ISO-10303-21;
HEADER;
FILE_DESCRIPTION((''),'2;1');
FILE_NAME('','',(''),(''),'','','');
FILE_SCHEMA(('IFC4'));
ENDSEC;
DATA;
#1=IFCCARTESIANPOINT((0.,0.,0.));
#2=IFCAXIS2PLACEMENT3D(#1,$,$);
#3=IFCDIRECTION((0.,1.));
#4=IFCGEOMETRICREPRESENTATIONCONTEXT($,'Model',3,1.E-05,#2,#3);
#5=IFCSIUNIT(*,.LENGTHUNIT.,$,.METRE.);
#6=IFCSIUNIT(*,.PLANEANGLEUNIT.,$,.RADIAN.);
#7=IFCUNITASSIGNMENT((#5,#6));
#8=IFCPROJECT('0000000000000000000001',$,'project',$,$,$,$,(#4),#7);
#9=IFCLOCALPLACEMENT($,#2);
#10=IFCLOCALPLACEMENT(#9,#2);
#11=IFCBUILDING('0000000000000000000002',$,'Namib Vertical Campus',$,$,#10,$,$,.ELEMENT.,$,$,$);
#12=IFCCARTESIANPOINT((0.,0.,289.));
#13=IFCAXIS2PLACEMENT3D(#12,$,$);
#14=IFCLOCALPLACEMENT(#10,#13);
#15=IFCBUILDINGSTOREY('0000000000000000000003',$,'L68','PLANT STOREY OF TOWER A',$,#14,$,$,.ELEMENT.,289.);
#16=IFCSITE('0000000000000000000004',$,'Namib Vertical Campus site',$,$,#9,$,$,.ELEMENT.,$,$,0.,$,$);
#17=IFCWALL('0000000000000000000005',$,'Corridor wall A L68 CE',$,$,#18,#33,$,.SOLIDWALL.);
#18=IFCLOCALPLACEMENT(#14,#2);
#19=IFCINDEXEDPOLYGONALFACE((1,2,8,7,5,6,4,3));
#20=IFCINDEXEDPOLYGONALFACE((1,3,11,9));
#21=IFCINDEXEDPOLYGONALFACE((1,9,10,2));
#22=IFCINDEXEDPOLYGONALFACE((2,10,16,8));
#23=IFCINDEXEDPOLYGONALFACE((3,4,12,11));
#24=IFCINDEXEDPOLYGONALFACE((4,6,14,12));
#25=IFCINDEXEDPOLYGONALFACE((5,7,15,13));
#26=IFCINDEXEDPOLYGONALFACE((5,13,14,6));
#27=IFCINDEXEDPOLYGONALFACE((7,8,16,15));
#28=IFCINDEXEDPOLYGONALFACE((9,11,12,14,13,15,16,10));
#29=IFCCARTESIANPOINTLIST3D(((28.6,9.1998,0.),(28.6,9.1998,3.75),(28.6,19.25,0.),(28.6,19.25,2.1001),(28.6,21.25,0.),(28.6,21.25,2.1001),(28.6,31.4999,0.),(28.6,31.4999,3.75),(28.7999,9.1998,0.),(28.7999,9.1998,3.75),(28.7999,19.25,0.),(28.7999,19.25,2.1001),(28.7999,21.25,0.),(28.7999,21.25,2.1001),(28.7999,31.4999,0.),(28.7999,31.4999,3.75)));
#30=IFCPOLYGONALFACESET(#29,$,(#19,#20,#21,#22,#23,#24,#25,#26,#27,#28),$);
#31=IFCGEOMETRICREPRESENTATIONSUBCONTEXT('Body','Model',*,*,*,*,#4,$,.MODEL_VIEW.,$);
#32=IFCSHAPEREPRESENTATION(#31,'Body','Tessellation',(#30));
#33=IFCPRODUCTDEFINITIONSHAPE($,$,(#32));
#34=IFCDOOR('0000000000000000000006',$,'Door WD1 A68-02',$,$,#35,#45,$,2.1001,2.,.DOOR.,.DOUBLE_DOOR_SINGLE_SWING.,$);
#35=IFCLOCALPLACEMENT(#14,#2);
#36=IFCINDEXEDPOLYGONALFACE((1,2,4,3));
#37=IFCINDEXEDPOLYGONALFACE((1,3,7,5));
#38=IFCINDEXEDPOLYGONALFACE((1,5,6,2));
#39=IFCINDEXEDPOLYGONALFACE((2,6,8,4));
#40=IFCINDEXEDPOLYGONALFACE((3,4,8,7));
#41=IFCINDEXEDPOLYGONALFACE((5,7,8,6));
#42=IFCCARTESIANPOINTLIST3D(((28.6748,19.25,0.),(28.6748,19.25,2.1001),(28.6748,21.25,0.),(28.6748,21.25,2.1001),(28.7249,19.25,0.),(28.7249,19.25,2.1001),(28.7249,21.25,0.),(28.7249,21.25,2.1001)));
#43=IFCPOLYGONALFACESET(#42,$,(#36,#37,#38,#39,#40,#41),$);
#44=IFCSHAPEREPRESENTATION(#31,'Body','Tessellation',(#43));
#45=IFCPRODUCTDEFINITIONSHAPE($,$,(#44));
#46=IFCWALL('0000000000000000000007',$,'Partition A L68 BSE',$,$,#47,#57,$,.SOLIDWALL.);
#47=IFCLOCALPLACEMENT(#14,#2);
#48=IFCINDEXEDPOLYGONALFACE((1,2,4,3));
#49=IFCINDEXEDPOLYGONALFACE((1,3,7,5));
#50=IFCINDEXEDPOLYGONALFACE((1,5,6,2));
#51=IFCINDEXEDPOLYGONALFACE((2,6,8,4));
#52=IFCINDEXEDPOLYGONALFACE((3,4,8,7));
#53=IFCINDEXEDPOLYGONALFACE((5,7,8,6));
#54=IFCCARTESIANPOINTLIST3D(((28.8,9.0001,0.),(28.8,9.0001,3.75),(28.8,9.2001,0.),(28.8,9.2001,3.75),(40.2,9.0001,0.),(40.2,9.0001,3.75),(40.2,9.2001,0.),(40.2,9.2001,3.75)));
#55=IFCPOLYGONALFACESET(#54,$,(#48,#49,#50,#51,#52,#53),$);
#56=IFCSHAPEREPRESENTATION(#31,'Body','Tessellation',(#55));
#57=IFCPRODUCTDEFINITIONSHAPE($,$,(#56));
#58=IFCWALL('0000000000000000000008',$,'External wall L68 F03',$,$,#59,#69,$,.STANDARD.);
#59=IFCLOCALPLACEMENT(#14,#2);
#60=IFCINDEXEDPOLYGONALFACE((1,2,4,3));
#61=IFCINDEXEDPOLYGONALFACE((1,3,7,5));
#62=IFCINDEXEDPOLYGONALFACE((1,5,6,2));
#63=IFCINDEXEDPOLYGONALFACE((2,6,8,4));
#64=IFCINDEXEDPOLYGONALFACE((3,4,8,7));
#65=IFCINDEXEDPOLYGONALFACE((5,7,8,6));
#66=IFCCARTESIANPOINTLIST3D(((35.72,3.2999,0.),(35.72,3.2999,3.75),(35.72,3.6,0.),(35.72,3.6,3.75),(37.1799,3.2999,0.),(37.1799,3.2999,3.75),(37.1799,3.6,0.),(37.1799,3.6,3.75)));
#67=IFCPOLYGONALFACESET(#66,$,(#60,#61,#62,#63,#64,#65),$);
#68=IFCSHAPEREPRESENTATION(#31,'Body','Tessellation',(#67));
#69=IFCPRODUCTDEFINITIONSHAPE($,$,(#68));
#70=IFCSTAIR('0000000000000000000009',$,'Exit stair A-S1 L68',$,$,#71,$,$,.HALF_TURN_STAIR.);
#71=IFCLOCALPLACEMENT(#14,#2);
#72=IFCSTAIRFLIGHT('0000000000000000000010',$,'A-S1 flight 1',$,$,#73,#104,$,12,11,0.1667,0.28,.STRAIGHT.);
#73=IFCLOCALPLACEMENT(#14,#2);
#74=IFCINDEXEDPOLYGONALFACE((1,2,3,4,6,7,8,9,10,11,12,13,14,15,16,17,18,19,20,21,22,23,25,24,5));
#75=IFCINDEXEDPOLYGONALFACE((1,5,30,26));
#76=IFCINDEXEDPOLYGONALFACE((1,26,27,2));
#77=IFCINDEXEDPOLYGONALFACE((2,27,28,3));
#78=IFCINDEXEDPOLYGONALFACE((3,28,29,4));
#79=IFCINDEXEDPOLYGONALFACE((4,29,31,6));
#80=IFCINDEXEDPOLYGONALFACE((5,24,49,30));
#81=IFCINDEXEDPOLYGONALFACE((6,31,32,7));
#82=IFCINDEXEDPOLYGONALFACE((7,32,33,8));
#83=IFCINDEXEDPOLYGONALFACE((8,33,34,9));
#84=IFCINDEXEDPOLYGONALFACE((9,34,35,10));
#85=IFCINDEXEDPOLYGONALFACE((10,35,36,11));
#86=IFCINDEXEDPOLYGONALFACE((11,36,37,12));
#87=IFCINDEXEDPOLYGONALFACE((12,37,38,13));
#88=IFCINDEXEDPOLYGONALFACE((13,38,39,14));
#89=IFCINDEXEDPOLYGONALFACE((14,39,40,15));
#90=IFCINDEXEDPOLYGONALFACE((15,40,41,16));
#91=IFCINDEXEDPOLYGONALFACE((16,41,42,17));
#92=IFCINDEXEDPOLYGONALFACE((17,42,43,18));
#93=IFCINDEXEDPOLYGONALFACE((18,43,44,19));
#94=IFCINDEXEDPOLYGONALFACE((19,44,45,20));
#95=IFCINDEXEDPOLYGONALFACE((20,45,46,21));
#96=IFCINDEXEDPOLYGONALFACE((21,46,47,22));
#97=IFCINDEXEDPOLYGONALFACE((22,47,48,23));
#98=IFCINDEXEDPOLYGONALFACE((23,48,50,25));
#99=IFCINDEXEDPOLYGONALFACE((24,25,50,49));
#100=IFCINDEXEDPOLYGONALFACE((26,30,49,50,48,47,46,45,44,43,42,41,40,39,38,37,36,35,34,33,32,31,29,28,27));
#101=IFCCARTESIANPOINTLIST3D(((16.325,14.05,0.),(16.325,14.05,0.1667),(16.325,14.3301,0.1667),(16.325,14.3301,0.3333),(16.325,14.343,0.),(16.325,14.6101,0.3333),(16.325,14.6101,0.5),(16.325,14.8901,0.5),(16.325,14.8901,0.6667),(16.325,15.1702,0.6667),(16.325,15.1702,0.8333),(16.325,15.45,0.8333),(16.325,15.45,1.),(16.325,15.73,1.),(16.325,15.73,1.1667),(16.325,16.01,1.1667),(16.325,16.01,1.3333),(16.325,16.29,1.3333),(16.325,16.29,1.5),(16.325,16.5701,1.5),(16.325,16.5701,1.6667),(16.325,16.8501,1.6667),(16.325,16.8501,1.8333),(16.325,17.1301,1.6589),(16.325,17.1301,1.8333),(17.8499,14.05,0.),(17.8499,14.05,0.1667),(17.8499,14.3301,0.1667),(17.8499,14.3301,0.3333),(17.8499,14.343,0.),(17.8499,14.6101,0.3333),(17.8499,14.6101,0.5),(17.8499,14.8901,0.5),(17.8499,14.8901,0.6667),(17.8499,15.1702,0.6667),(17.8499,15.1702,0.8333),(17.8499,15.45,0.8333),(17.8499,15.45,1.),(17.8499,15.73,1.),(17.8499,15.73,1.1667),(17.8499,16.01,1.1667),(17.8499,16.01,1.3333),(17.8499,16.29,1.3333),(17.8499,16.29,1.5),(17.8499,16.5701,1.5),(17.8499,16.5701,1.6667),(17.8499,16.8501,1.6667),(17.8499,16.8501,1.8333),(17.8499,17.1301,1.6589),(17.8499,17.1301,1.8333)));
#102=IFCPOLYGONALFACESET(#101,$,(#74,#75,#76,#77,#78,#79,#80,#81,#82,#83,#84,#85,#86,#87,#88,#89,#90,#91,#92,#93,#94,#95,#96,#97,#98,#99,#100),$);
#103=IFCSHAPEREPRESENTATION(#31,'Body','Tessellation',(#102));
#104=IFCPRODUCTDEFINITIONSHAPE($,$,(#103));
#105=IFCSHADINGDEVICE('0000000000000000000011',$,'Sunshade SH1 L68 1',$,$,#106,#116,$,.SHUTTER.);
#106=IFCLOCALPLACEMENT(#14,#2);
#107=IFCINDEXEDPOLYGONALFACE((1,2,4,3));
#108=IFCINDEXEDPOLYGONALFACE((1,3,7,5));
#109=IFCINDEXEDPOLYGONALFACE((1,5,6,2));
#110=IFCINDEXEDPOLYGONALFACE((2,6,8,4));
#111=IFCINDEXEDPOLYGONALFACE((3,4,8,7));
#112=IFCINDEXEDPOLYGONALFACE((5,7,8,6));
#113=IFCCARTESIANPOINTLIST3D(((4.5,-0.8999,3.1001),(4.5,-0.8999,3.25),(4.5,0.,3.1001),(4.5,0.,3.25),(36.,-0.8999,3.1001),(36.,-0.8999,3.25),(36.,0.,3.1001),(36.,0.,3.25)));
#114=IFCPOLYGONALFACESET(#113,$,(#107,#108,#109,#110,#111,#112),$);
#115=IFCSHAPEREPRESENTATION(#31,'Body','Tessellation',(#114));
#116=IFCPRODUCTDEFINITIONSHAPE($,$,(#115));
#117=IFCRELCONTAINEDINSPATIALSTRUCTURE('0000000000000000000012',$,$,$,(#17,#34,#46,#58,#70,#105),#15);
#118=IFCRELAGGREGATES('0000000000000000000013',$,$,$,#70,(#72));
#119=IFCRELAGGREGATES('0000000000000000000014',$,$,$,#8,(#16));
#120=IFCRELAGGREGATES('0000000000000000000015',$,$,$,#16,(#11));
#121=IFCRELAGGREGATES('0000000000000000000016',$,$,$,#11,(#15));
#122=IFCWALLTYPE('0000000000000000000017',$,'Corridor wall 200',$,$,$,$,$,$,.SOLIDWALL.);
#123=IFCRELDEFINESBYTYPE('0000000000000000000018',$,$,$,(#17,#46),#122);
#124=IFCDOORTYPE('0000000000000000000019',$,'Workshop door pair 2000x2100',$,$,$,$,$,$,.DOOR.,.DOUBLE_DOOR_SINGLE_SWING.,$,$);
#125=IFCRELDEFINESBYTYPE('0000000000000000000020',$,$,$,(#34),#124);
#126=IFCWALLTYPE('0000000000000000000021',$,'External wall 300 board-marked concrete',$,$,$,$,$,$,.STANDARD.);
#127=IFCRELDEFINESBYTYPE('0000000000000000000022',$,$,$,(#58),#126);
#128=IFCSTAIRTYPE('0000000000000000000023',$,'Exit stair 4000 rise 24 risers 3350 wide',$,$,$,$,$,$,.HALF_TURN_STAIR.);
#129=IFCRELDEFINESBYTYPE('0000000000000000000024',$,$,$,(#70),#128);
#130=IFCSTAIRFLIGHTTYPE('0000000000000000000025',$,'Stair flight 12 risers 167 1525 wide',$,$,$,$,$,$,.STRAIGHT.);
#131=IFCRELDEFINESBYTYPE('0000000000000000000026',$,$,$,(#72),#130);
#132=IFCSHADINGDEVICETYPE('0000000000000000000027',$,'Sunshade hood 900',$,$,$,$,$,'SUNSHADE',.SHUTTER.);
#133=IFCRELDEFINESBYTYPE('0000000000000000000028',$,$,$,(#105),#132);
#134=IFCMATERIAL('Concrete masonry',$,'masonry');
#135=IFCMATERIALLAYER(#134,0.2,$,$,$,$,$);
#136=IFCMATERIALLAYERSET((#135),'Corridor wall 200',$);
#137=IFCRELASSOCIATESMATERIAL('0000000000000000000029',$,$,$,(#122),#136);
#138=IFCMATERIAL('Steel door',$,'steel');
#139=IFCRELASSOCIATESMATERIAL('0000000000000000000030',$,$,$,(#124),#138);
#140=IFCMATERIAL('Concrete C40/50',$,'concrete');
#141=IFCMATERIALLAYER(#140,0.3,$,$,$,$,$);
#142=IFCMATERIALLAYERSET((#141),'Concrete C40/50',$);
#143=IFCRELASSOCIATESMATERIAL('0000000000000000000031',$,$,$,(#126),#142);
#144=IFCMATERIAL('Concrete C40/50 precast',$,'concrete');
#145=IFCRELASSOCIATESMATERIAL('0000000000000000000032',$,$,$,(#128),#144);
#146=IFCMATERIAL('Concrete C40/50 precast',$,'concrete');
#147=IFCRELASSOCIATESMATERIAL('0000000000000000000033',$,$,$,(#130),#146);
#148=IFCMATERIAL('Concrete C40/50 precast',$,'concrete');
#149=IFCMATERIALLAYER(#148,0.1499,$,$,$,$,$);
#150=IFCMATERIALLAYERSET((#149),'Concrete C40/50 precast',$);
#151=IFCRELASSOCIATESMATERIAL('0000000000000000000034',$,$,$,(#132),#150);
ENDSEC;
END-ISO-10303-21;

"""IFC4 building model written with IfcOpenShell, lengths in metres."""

from ifc_helpers import new_model, si_unit, direction, frame, frame_2d, origin, origin_2d, place, context, subcontext, project, spatial, polyline, rectangle, outline, extrude, material, layer, layer_set, type_object, element, fill, aggregate, save


model = new_model("IFC4")

# Units and contexts
model_context = context("Model", 3, precision=1e-05, world=origin(), true_north=direction((0.0, 1.0)))
body_context = subcontext(model_context, "Body", "Model", "MODEL_VIEW")
ifc_project = project(units=[si_unit("LENGTHUNIT", "METRE"), si_unit("PLANEANGLEUNIT", "RADIAN")], contexts=[model_context])

# Site, building, storey
site_placement = place(None, origin())
site = spatial("IfcSite", under=ifc_project, at=site_placement, Name="Namib Vertical Campus site", CompositionType="ELEMENT", RefElevation=0.0)
building_placement = place(site_placement, origin())
building = spatial("IfcBuilding", under=site, at=building_placement, Name="Namib Vertical Campus", CompositionType="ELEMENT")
storey_placement = place(building_placement, frame((0.0, 0.0, 289.0)))
storey = spatial("IfcBuildingStorey", under=building, at=storey_placement, Name="L68", Description="PLANT STOREY OF TOWER A", CompositionType="ELEMENT", Elevation=289.0)

# Wall, opening, door
ifc_material_1 = material(Name="Concrete masonry", Category="masonry")
ifc_layer_1 = layer(ifc_material_1, 0.2)
ifc_layer_set_1 = layer_set([ifc_layer_1], Name="Corridor wall 200")
wall_type_1 = type_object("IfcWallType", Name="Corridor wall 200", PredefinedType="SOLIDWALL", material=ifc_layer_set_1)
wall_1_placement = place(storey_placement, frame((28.7, 9.2, 0.0), z_axis=(0.0, 0.0, 1.0), x_axis=(0.0, 1.0, 0.0)))
wall_1 = element("IfcWall", 1, at=wall_1_placement, inside=storey, type_object=wall_type_1, Name="Corridor wall A L68 CE", PredefinedType="SOLIDWALL", context=body_context, shape_type="SweptSolid", body=[
    extrude(rectangle(XDim=22.3, YDim=0.2, at=frame_2d((11.1499, 0.0))), origin(), (0.0, 0.0, 1.0), 3.75),
])
opening_1_placement = place(wall_1_placement, frame((10.05, 0.0, 0.0)))
opening_1 = element("IfcOpeningElement", 2, at=opening_1_placement, cuts=wall_1, PredefinedType="OPENING", context=body_context, shape_type="SweptSolid", body=[
    extrude(rectangle(XDim=2.0, YDim=2.1001, at=frame_2d((1.0, 1.05))), frame((0.0, 0.1099, 0.0), z_axis=(0.0, -1.0, 0.0), x_axis=(1.0, 0.0, 0.0)), (0.0, 0.0, 1.0), 0.22),
])
ifc_material_2 = material(Name="Steel door", Category="steel")
door_type_1 = type_object("IfcDoorType", Name="Workshop door pair 2000x2100", OperationType="DOUBLE_DOOR_SINGLE_SWING", PredefinedType="DOOR", material=ifc_material_2)
door_1_placement = place(opening_1_placement, frame((2.0, 0.0, 0.0), z_axis=(0.0, 0.0, 1.0), x_axis=(-1.0, 0.0, 0.0)))
door_1 = element("IfcDoor", 3, at=door_1_placement, inside=storey, type_object=door_type_1, Name="Door WD1 A68-02", OperationType="DOUBLE_DOOR_SINGLE_SWING", OverallHeight=2.1001, OverallWidth=2.0, PredefinedType="DOOR", context=body_context, shape_type="SweptSolid", body=[
    extrude(rectangle(XDim=2.0, YDim=2.1001, at=frame_2d((1.0, 1.05))), frame((0.0, 0.0249, 0.0), z_axis=(0.0, -1.0, 0.0), x_axis=(1.0, 0.0, 0.0)), (0.0, 0.0, 1.0), 0.05),
])
fill(opening_1, door_1)

# Walls
wall_2_placement = place(storey_placement, frame((28.8, 9.1001, 0.0), z_axis=(0.0, 0.0, 1.0), x_axis=(1.0, 0.0, 0.0)))
element("IfcWall", 4, at=wall_2_placement, inside=storey, type_object=wall_type_1, Name="Partition A L68 BSE", PredefinedType="SOLIDWALL", context=body_context, shape_type="SweptSolid", body=[
    extrude(rectangle(XDim=11.3999, YDim=0.2, at=frame_2d((5.7, 0.0))), origin(), (0.0, 0.0, 1.0), 3.75),
])
ifc_material_3 = material(Name="Concrete C40/50", Category="concrete")
ifc_layer_2 = layer(ifc_material_3, 0.3)
ifc_layer_set_2 = layer_set([ifc_layer_2], Name="Concrete C40/50")
wall_type_2 = type_object("IfcWallType", Name="External wall 300 board-marked concrete", PredefinedType="STANDARD", material=ifc_layer_set_2)
wall_3_placement = place(storey_placement, frame((35.72, 3.45, 0.0), z_axis=(0.0, 0.0, 1.0), x_axis=(1.0, 0.0, 0.0)))
element("IfcWall", 5, at=wall_3_placement, inside=storey, type_object=wall_type_2, Name="External wall L68 F03", PredefinedType="STANDARD", context=body_context, shape_type="SweptSolid", body=[
    extrude(rectangle(XDim=1.46, YDim=0.3, at=frame_2d((0.73, 0.0))), origin(), (0.0, 0.0, 1.0), 3.75),
])

# Stair, stair flight
ifc_material_4 = material(Name="Concrete C40/50 precast", Category="concrete")
stair_type = type_object("IfcStairType", Name="Exit stair 4000 rise 24 risers 3350 wide", PredefinedType="HALF_TURN_STAIR", material=ifc_material_4)
stair_placement = place(storey_placement, origin())
stair = element("IfcStair", 6, at=stair_placement, inside=storey, type_object=stair_type, Name="Exit stair A-S1 L68", PredefinedType="HALF_TURN_STAIR")
ifc_material_5 = material(Name="Concrete C40/50 precast", Category="concrete")
stair_flight_type = type_object("IfcStairFlightType", Name="Stair flight 12 risers 167 1525 wide", PredefinedType="STRAIGHT", material=ifc_material_5)
stair_flight_placement = place(storey_placement, frame((17.0874, 14.05, 0.0), z_axis=(0.0, 0.0, 1.0), x_axis=(0.0, 1.0, 0.0)))
stair_flight = element("IfcStairFlight", 7, at=stair_flight_placement, type_object=stair_flight_type, Name="A-S1 flight 1", NumberOfRisers=12, NumberOfTreads=11, PredefinedType="STRAIGHT", RiserHeight=0.1667, TreadLength=0.28, context=body_context, shape_type="SweptSolid", body=[
    extrude(outline(polyline([(0.0, 0.0), (0.0, 0.1667), (0.28, 0.1667), (0.28, 0.3333), (0.5601, 0.3333), (0.5601, 0.5), (0.8401, 0.5), (0.8401, 0.6667), (1.1201, 0.6667), (1.1201, 0.8333), (1.3999, 0.8333), (1.3999, 1.0), (1.6799, 1.0), (1.6799, 1.1667), (1.96, 1.1667), (1.96, 1.3333), (2.24, 1.3333), (2.24, 1.5), (2.52, 1.5), (2.52, 1.6667), (2.8, 1.6667), (2.8, 1.8333), (3.0801, 1.8333), (3.0801, 2.0), (3.0801, 1.6589), (0.293, 0.0), (0.0, 0.0)])), frame((0.0, 0.7625, 0.0), z_axis=(0.0, -1.0, 0.0), x_axis=(1.0, 0.0, 0.0)), (0.0, 0.0, 1.0), 1.5249),
])
aggregate(stair, [stair_flight])

# Shading device
ifc_material_6 = material(Name="Concrete C40/50 precast", Category="concrete")
ifc_layer_3 = layer(ifc_material_6, 0.1499)
ifc_layer_set_3 = layer_set([ifc_layer_3], Name="Concrete C40/50 precast")
shading_device_type = type_object("IfcShadingDeviceType", Name="Sunshade hood 900", ElementType="SUNSHADE", PredefinedType="SHUTTER", material=ifc_layer_set_3)
shading_device_placement = place(storey_placement, frame((20.25, -0.45, 3.1001), z_axis=(0.0, 0.0, 1.0), x_axis=(1.0, 0.0, 0.0)))
element("IfcShadingDevice", 8, at=shading_device_placement, inside=storey, type_object=shading_device_type, Name="Sunshade SH1 L68 1", PredefinedType="SHUTTER", context=body_context, shape_type="SweptSolid", body=[
    extrude(rectangle(XDim=31.5, YDim=0.8999, at=origin_2d()), origin(), (0.0, 0.0, 1.0), 0.1499),
])

save(model, "model.ifc")
